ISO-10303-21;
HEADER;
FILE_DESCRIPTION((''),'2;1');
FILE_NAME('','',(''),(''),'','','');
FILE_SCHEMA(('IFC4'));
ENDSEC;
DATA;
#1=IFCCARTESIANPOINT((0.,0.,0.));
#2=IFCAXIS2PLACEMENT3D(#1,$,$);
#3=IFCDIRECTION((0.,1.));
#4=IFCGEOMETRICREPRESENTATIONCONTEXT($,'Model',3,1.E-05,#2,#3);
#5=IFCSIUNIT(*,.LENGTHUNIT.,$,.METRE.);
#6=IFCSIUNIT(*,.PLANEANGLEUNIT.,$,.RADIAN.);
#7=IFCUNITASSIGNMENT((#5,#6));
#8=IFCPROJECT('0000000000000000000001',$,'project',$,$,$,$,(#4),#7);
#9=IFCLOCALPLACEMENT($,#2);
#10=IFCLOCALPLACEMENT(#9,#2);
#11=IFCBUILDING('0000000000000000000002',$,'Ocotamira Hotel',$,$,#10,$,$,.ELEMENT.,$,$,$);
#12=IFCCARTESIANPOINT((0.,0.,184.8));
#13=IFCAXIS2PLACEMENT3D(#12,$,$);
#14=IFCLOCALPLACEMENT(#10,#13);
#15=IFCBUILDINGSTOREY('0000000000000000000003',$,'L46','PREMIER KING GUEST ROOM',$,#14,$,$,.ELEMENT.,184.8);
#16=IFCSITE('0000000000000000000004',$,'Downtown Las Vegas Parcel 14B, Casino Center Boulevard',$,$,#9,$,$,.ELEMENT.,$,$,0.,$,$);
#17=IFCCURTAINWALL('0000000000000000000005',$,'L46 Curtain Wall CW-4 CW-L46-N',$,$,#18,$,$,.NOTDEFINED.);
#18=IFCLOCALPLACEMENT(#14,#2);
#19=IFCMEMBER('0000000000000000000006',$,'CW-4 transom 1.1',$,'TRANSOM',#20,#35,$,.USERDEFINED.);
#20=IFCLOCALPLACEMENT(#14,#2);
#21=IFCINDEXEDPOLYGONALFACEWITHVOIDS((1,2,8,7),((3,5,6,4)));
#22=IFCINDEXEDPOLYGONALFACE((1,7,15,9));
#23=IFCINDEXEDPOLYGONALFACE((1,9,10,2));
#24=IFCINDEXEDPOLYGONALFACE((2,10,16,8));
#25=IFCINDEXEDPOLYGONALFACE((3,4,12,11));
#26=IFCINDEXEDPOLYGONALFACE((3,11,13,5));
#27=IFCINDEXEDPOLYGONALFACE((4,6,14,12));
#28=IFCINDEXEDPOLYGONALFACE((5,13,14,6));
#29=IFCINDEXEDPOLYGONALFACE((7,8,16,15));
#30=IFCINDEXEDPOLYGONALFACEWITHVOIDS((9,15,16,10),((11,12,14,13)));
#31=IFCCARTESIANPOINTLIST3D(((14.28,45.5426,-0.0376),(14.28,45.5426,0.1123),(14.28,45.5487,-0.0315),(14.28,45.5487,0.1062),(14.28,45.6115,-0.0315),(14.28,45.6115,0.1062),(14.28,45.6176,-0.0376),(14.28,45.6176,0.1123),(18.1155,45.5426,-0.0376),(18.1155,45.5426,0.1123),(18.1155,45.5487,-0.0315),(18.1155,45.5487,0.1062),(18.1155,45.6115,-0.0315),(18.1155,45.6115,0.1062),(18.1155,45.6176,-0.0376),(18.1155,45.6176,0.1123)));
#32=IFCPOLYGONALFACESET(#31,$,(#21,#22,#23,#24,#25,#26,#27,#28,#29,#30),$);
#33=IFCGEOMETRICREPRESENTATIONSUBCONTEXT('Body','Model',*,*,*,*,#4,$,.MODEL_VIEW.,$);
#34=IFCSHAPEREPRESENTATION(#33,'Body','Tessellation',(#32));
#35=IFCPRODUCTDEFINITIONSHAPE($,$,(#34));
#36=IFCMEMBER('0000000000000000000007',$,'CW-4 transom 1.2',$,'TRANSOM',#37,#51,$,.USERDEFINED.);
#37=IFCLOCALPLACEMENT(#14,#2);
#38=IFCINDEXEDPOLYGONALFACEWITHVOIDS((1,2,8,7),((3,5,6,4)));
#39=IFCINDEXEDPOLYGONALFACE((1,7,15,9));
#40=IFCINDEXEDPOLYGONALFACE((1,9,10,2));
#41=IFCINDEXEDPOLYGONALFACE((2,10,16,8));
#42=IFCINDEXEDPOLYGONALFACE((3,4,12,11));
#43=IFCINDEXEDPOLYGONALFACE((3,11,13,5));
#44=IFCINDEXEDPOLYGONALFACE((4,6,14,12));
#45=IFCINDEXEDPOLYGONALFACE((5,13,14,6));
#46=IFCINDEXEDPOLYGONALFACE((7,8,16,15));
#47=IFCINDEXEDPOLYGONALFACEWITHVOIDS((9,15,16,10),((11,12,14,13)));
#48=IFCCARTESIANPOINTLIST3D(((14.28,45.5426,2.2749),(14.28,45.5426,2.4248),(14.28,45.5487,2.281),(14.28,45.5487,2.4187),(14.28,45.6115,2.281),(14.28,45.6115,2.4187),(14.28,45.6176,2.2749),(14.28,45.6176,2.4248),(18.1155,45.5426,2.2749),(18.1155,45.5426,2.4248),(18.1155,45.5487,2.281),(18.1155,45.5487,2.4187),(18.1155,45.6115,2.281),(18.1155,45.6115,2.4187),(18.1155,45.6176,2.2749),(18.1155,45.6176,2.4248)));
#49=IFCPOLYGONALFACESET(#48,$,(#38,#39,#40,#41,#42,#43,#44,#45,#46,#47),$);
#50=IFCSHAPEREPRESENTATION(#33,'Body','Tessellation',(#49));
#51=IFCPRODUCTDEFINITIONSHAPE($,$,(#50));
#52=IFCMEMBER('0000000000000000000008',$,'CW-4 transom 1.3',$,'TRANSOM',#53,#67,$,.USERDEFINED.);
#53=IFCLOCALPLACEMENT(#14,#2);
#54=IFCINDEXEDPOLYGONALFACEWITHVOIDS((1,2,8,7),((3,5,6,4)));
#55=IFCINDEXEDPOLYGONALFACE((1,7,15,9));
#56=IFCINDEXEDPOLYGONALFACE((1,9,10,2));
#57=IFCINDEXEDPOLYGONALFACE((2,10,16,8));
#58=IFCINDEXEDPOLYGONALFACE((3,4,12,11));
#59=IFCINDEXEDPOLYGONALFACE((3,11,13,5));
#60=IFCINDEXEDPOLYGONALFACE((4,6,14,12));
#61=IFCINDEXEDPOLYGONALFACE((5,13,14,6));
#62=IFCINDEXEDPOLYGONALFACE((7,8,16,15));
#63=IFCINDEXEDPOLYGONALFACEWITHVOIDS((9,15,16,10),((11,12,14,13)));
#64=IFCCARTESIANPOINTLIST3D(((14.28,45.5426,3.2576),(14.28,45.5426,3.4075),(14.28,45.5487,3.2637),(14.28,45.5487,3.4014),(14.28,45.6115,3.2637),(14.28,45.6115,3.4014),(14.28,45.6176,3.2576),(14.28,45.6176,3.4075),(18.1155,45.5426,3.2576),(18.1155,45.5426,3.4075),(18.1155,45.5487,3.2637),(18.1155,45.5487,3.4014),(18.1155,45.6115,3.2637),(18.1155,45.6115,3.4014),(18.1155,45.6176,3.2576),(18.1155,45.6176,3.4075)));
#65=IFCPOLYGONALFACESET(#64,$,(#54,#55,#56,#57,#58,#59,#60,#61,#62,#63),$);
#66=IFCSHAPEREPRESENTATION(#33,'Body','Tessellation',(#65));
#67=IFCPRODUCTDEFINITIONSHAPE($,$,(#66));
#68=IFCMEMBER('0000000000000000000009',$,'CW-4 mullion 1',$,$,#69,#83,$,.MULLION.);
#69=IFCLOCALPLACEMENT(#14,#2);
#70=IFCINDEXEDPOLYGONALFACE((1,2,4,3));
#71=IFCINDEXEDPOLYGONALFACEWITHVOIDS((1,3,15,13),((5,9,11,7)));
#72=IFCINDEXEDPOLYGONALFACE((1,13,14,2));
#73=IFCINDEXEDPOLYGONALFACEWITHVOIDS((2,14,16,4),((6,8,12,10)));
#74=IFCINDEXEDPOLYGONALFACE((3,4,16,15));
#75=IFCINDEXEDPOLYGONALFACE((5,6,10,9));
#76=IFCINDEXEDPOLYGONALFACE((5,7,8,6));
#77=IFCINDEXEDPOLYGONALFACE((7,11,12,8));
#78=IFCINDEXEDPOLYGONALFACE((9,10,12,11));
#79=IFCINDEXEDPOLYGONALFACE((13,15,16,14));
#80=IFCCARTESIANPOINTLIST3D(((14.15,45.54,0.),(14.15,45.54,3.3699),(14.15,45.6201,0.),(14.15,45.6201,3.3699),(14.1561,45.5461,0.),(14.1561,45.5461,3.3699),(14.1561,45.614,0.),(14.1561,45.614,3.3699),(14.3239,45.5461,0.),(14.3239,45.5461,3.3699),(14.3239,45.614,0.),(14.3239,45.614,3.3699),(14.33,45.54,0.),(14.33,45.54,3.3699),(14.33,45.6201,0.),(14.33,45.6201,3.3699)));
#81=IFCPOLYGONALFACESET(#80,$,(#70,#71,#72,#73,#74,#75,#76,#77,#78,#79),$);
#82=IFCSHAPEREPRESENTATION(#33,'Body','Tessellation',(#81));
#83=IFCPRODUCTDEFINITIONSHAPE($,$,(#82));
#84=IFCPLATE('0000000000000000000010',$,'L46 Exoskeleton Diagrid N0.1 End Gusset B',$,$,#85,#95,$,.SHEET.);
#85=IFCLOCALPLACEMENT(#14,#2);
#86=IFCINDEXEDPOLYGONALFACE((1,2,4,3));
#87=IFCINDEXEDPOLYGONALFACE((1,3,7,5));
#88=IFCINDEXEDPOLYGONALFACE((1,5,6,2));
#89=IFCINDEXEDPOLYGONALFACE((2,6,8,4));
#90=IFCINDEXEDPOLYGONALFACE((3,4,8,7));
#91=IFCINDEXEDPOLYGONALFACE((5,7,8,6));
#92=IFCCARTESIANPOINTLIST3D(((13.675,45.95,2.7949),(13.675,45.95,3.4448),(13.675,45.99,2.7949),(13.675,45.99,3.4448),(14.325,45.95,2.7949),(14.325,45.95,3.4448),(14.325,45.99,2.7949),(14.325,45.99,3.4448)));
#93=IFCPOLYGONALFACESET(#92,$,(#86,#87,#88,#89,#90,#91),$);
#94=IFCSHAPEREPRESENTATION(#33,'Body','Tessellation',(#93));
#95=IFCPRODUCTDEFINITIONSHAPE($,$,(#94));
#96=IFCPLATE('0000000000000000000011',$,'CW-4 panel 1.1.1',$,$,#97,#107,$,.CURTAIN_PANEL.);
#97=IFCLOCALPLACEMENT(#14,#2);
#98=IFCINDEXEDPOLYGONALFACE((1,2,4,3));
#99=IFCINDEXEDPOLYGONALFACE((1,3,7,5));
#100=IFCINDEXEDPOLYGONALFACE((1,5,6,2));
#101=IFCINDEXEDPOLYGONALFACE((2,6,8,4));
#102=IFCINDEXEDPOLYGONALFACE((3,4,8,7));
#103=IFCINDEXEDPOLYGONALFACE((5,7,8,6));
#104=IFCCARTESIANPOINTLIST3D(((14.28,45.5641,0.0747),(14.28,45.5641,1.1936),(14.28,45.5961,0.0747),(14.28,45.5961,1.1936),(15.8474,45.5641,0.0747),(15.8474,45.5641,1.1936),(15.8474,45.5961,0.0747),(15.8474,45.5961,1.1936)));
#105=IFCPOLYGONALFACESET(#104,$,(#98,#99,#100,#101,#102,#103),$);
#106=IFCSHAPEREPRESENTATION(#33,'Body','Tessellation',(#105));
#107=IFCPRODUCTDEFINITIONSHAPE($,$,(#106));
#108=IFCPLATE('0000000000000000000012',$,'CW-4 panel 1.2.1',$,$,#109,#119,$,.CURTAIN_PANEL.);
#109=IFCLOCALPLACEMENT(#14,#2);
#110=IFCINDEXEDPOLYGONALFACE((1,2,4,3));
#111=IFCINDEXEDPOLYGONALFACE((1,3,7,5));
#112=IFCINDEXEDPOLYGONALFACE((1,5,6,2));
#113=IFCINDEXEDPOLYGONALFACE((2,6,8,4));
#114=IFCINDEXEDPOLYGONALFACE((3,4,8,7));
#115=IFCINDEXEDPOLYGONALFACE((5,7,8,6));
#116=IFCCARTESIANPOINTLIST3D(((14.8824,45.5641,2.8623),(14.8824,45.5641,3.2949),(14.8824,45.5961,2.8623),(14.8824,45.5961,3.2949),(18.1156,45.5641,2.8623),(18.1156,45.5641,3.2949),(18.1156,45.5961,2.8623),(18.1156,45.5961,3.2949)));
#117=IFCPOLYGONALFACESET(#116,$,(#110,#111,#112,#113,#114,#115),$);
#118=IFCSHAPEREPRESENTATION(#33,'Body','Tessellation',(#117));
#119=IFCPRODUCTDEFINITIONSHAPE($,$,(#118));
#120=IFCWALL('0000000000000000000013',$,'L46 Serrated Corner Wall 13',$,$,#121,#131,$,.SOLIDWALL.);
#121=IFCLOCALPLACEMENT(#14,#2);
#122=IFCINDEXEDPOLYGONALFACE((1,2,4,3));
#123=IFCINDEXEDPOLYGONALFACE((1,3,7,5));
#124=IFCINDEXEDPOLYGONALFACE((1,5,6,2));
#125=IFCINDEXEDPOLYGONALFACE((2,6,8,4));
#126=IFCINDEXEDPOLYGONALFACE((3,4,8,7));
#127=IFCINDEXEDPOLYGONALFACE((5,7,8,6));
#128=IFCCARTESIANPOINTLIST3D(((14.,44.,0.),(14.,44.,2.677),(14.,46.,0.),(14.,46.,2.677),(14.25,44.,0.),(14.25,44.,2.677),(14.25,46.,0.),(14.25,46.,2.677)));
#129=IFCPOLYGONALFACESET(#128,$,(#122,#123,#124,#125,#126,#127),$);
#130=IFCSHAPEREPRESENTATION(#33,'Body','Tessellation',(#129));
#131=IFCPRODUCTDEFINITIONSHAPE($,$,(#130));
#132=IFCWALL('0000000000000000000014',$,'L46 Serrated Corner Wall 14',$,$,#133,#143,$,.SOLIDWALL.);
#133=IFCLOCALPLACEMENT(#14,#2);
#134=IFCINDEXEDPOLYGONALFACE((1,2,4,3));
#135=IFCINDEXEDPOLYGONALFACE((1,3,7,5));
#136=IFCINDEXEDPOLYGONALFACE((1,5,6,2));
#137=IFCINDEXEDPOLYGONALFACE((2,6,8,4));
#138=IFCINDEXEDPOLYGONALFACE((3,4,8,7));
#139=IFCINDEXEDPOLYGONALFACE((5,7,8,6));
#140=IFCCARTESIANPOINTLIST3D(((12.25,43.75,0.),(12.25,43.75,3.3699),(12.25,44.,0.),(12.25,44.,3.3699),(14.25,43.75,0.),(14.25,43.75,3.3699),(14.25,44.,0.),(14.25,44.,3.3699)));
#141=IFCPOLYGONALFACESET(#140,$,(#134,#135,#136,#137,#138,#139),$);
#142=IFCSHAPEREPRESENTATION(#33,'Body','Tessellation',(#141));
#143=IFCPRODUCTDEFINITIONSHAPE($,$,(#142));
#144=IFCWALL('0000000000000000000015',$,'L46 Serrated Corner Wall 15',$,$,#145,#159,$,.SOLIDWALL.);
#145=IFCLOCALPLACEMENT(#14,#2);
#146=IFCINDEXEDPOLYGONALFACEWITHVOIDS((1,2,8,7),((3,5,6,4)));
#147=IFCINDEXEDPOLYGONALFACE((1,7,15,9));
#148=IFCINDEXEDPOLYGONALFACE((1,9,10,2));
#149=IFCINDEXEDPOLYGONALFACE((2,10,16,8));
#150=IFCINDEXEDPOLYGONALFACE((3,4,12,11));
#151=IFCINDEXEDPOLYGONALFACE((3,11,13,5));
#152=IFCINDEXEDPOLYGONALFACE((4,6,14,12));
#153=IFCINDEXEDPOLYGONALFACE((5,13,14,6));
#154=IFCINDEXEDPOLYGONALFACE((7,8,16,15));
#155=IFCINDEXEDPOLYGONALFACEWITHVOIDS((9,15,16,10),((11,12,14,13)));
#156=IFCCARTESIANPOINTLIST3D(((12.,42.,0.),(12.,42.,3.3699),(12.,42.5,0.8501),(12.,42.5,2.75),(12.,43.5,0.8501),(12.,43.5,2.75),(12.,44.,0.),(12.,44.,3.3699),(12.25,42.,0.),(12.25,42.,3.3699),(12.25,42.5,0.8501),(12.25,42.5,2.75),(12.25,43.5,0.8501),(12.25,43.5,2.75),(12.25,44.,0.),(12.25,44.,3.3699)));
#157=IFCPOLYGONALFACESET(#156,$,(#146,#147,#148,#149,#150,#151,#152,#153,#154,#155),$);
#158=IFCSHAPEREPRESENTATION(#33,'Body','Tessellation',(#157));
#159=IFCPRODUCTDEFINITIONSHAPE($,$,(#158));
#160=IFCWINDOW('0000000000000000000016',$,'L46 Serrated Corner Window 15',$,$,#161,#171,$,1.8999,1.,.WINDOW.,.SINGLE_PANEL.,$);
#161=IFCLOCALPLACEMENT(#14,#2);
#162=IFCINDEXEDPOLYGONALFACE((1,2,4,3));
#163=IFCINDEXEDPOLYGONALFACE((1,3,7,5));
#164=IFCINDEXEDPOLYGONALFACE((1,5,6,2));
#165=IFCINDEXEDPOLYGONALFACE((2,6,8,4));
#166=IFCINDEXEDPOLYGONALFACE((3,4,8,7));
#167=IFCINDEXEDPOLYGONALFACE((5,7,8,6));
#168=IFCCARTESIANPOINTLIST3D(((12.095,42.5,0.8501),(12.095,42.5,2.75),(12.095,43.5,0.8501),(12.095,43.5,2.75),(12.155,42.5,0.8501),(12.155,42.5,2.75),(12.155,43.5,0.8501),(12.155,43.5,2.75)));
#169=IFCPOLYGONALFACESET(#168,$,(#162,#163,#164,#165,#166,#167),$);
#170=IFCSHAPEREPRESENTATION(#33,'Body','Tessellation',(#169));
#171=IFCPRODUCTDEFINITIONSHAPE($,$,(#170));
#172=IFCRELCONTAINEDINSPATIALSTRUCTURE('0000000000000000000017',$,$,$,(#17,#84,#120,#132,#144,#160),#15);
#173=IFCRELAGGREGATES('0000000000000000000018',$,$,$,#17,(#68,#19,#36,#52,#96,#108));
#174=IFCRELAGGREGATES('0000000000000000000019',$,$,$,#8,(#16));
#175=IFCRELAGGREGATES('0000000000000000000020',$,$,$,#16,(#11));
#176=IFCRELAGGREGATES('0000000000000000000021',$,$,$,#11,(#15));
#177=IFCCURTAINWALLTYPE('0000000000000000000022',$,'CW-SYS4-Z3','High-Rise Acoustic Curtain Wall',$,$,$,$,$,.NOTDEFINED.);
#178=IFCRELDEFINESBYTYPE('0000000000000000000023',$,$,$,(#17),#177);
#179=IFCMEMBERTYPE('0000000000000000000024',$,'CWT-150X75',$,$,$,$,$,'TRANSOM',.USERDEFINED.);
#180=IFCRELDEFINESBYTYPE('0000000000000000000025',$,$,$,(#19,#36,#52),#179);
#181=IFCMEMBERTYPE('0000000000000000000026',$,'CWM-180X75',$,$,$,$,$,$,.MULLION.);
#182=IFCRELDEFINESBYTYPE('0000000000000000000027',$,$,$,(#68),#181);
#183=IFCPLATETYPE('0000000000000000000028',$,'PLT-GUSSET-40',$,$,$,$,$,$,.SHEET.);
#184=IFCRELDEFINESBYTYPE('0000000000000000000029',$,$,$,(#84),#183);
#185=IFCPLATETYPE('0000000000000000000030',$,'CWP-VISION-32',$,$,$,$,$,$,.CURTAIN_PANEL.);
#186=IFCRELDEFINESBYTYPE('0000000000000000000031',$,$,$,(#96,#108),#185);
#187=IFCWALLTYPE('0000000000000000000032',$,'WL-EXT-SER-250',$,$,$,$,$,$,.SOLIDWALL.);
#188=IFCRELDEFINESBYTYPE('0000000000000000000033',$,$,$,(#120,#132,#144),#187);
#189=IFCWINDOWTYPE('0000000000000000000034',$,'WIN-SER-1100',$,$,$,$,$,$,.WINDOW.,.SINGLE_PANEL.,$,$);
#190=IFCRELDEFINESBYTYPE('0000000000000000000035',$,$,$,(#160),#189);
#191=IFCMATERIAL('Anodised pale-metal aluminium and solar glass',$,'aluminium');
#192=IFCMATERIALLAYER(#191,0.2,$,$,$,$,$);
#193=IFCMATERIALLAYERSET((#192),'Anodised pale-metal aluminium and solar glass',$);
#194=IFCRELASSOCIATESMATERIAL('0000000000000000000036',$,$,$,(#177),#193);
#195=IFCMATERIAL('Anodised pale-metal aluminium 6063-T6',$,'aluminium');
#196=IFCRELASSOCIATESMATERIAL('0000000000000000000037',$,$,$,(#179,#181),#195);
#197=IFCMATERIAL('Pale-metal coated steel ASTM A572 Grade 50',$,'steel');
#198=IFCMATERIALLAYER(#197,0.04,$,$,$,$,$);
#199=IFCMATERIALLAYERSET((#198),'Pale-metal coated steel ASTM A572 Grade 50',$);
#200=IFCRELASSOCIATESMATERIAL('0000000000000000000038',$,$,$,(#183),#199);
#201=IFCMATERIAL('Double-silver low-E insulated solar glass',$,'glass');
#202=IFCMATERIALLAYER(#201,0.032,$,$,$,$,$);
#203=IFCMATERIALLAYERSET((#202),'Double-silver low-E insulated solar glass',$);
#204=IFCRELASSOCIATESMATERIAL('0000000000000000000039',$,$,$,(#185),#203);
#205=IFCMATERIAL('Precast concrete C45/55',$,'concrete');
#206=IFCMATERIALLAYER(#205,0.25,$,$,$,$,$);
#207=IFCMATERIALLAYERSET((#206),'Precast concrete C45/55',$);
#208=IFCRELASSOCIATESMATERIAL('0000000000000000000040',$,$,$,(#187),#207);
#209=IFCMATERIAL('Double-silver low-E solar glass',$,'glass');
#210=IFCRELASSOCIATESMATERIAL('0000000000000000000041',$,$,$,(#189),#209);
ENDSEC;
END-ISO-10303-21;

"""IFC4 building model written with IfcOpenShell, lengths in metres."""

from ifc_helpers import new_model, si_unit, direction, frame, frame_2d, origin, origin_2d, place, context, subcontext, project, spatial, rectangle, hollow_rectangle, extrude, source, transform, mapped, material, layer, layer_set, material_profile, profile_set, type_object, element, fill, aggregate, save


model = new_model("IFC4")

# Units and contexts
model_context = context("Model", 3, precision=1e-05, world=origin(), true_north=direction((0.0, 1.0)))
body_context = subcontext(model_context, "Body", "Model", "MODEL_VIEW")
ifc_project = project(units=[si_unit("LENGTHUNIT", "METRE"), si_unit("PLANEANGLEUNIT", "RADIAN")], contexts=[model_context])

# Site, building, storey
site_placement = place(None, origin())
site = spatial("IfcSite", under=ifc_project, at=site_placement, Name="Downtown Las Vegas Parcel 14B, Casino Center Boulevard", CompositionType="ELEMENT", RefElevation=0.0)
building_placement = place(site_placement, origin())
building = spatial("IfcBuilding", under=site, at=building_placement, Name="Ocotamira Hotel", CompositionType="ELEMENT")
storey_placement = place(building_placement, frame((0.0, 0.0, 184.8)))
storey = spatial("IfcBuildingStorey", under=building, at=storey_placement, Name="L46", Description="PREMIER KING GUEST ROOM", CompositionType="ELEMENT", Elevation=184.8)

# Curtain wall, members
ifc_material_1 = material(Name="Anodised pale-metal aluminium and solar glass", Category="aluminium")
ifc_layer_1 = layer(ifc_material_1, 0.2)
ifc_layer_set_1 = layer_set([ifc_layer_1], Name="Anodised pale-metal aluminium and solar glass")
curtain_wall_type = type_object("IfcCurtainWallType", Name="CW-SYS4-Z3", Description="High-Rise Acoustic Curtain Wall", PredefinedType="NOTDEFINED", material=ifc_layer_set_1)
curtain_wall_placement = place(storey_placement, origin())
curtain_wall = element("IfcCurtainWall", 1, at=curtain_wall_placement, inside=storey, type_object=curtain_wall_type, Name="L46 Curtain Wall CW-4 CW-L46-N", PredefinedType="NOTDEFINED")
ifc_material_2 = material(Name="Anodised pale-metal aluminium 6063-T6", Category="aluminium")
ifc_material_profile_1 = material_profile(ifc_material_2, hollow_rectangle(XDim=0.075, YDim=0.1499, WallThickness=0.0061, at=origin_2d()), Name="HSS150X75X6")
ifc_profile_set_1 = profile_set([ifc_material_profile_1], Name="Anodised pale-metal aluminium 6063-T6")
member_type_1 = type_object("IfcMemberType", Name="CWT-150X75", ElementType="TRANSOM", PredefinedType="USERDEFINED", material=ifc_profile_set_1)
shared_shape_1 = source(origin(), body_context, "Body", "SweptSolid", [
    extrude(hollow_rectangle(XDim=0.075, YDim=0.1499, WallThickness=0.0061, at=origin_2d()), origin(), (0.0, 0.0, 1.0), 3.8354),
])
member_1_placement = place(storey_placement, frame((14.28, 45.5801, 0.0374), z_axis=(1.0, 0.0, 0.0), x_axis=(0.0, 1.0, 0.0)))
member_1 = element("IfcMember", 2, at=member_1_placement, type_object=member_type_1, Name="CW-4 transom 1.1", ObjectType="TRANSOM", PredefinedType="USERDEFINED", context=body_context, shape_type="MappedRepresentation", body=[
    mapped(shared_shape_1, transform((0.0, 0.0, 0.0), scale=1.0)),
])
member_2_placement = place(storey_placement, frame((14.28, 45.5801, 2.3499), z_axis=(1.0, 0.0, 0.0), x_axis=(0.0, 1.0, 0.0)))
member_2 = element("IfcMember", 3, at=member_2_placement, type_object=member_type_1, Name="CW-4 transom 1.2", ObjectType="TRANSOM", PredefinedType="USERDEFINED", context=body_context, shape_type="MappedRepresentation", body=[
    mapped(shared_shape_1, transform((0.0, 0.0, 0.0), scale=1.0)),
])
member_3_placement = place(storey_placement, frame((14.28, 45.5801, 3.3325), z_axis=(1.0, 0.0, 0.0), x_axis=(0.0, 1.0, 0.0)))
member_3 = element("IfcMember", 4, at=member_3_placement, type_object=member_type_1, Name="CW-4 transom 1.3", ObjectType="TRANSOM", PredefinedType="USERDEFINED", context=body_context, shape_type="MappedRepresentation", body=[
    mapped(shared_shape_1, transform((0.0, 0.0, 0.0), scale=1.0)),
])
ifc_material_profile_2 = material_profile(ifc_material_2, hollow_rectangle(XDim=0.0801, YDim=0.1799, WallThickness=0.0061, at=origin_2d()), Name="HSS180X80X6")
ifc_profile_set_2 = profile_set([ifc_material_profile_2], Name="Anodised pale-metal aluminium 6063-T6")
member_type_2 = type_object("IfcMemberType", Name="CWM-180X75", PredefinedType="MULLION", material=ifc_profile_set_2)
shared_shape_2 = source(origin(), body_context, "Body", "SweptSolid", [
    extrude(hollow_rectangle(XDim=0.0801, YDim=0.1799, WallThickness=0.0061, at=origin_2d()), origin(), (0.0, 0.0, 1.0), 3.3699),
])
member_4_placement = place(storey_placement, frame((14.24, 45.5801, 0.0), z_axis=(0.0, 0.0, 1.0), x_axis=(0.0, 1.0, 0.0)))
member_4 = element("IfcMember", 5, at=member_4_placement, type_object=member_type_2, Name="CW-4 mullion 1", PredefinedType="MULLION", context=body_context, shape_type="MappedRepresentation", body=[
    mapped(shared_shape_2, transform((0.0, 0.0, 0.0), scale=1.0)),
])

# Plates
ifc_material_3 = material(Name="Pale-metal coated steel ASTM A572 Grade 50", Category="steel")
ifc_layer_2 = layer(ifc_material_3, 0.04)
ifc_layer_set_2 = layer_set([ifc_layer_2], Name="Pale-metal coated steel ASTM A572 Grade 50")
plate_type_1 = type_object("IfcPlateType", Name="PLT-GUSSET-40", PredefinedType="SHEET", material=ifc_layer_set_2)
shared_shape_3 = source(origin(), body_context, "Body", "SweptSolid", [
    extrude(rectangle(XDim=0.6499, YDim=0.04, at=origin_2d()), origin(), (0.0, 0.0, 1.0), 0.6499),
])
plate_1_placement = place(storey_placement, frame((14.0, 45.97, 2.7949), z_axis=(0.0, 0.0, 1.0), x_axis=(-1.0, 0.0, 0.0)))
element("IfcPlate", 6, at=plate_1_placement, inside=storey, type_object=plate_type_1, Name="L46 Exoskeleton Diagrid N0.1 End Gusset B", PredefinedType="SHEET", context=body_context, shape_type="MappedRepresentation", body=[
    mapped(shared_shape_3, transform((0.0, 0.0, 0.0), scale=1.0)),
])
ifc_material_4 = material(Name="Double-silver low-E insulated solar glass", Category="glass")
ifc_layer_3 = layer(ifc_material_4, 0.032)
ifc_layer_set_3 = layer_set([ifc_layer_3], Name="Double-silver low-E insulated solar glass")
plate_type_2 = type_object("IfcPlateType", Name="CWP-VISION-32", PredefinedType="CURTAIN_PANEL", material=ifc_layer_set_3)
shared_shape_4 = source(origin(), body_context, "Body", "SweptSolid", [
    extrude(rectangle(XDim=1.5674, YDim=0.032, at=origin_2d()), origin(), (0.0, 0.0, 1.0), 1.1189),
])
plate_2_placement = place(storey_placement, frame((15.0637, 45.5801, 0.0747), z_axis=(0.0, 0.0, 1.0), x_axis=(1.0, 0.0, 0.0)))
plate_2 = element("IfcPlate", 7, at=plate_2_placement, type_object=plate_type_2, Name="CW-4 panel 1.1.1", PredefinedType="CURTAIN_PANEL", context=body_context, shape_type="MappedRepresentation", body=[
    mapped(shared_shape_4, transform((0.0, 0.0, 0.0), scale=1.0)),
])
shared_shape_5 = source(origin(), body_context, "Body", "SweptSolid", [
    extrude(rectangle(XDim=3.2332, YDim=0.032, at=origin_2d()), origin(), (0.0, 0.0, 1.0), 0.4326),
])
plate_3_placement = place(storey_placement, frame((16.499, 45.5801, 2.8623), z_axis=(0.0, 0.0, 1.0), x_axis=(1.0, 0.0, 0.0)))
plate_3 = element("IfcPlate", 8, at=plate_3_placement, type_object=plate_type_2, Name="CW-4 panel 1.2.1", PredefinedType="CURTAIN_PANEL", context=body_context, shape_type="MappedRepresentation", body=[
    mapped(shared_shape_5, transform((0.0, 0.0, 0.0), scale=1.0)),
])
aggregate(curtain_wall, [member_4, member_1, member_2, member_3, plate_2, plate_3])

# Walls
ifc_material_5 = material(Name="Precast concrete C45/55", Category="concrete")
ifc_layer_4 = layer(ifc_material_5, 0.25)
ifc_layer_set_4 = layer_set([ifc_layer_4], Name="Precast concrete C45/55")
wall_type = type_object("IfcWallType", Name="WL-EXT-SER-250", PredefinedType="SOLIDWALL", material=ifc_layer_set_4)
wall_1_placement = place(storey_placement, frame((14.125, 46.0, 0.0), z_axis=(0.0, 0.0, 1.0), x_axis=(0.0, -1.0, 0.0)))
element("IfcWall", 9, at=wall_1_placement, inside=storey, type_object=wall_type, Name="L46 Serrated Corner Wall 13", PredefinedType="SOLIDWALL", context=body_context, shape_type="SweptSolid", body=[
    extrude(rectangle(XDim=2.0, YDim=0.25, at=frame_2d((1.0, 0.0))), origin(), (0.0, 0.0, 1.0), 2.677),
])
wall_2_placement = place(storey_placement, frame((14.25, 43.875, 0.0), z_axis=(0.0, 0.0, 1.0), x_axis=(-1.0, 0.0, 0.0)))
element("IfcWall", 10, at=wall_2_placement, inside=storey, type_object=wall_type, Name="L46 Serrated Corner Wall 14", PredefinedType="SOLIDWALL", context=body_context, shape_type="SweptSolid", body=[
    extrude(rectangle(XDim=2.0, YDim=0.25, at=frame_2d((1.0, 0.0))), origin(), (0.0, 0.0, 1.0), 3.3699),
])

# Wall, opening, window
wall_3_placement = place(storey_placement, frame((12.125, 44.0, 0.0), z_axis=(0.0, 0.0, 1.0), x_axis=(0.0, -1.0, 0.0)))
wall_3 = element("IfcWall", 11, at=wall_3_placement, inside=storey, type_object=wall_type, Name="L46 Serrated Corner Wall 15", PredefinedType="SOLIDWALL", context=body_context, shape_type="SweptSolid", body=[
    extrude(rectangle(XDim=2.0, YDim=0.25, at=frame_2d((1.0, 0.0))), origin(), (0.0, 0.0, 1.0), 3.3699),
])
opening_placement = place(wall_3_placement, frame((0.5, 0.0, 0.8501)))
opening = element("IfcOpeningElement", 12, at=opening_placement, cuts=wall_3, PredefinedType="OPENING", context=body_context, shape_type="SweptSolid", body=[
    extrude(rectangle(XDim=1.0, YDim=1.8999, at=frame_2d((0.5, 0.95))), frame((0.0, 0.135, 0.0), z_axis=(0.0, -1.0, 0.0), x_axis=(1.0, 0.0, 0.0)), (0.0, 0.0, 1.0), 0.27),
])
ifc_material_6 = material(Name="Double-silver low-E solar glass", Category="glass")
window_type = type_object("IfcWindowType", Name="WIN-SER-1100", PartitioningType="SINGLE_PANEL", PredefinedType="WINDOW", material=ifc_material_6)
shared_shape_6 = source(origin(), body_context, "Body", "SweptSolid", [
    extrude(rectangle(XDim=1.0, YDim=1.8999, at=frame_2d((0.5, 0.95))), frame((0.0, 0.03, 0.0), z_axis=(0.0, -1.0, 0.0), x_axis=(1.0, 0.0, 0.0)), (0.0, 0.0, 1.0), 0.0601),
])
window_placement = place(opening_placement, origin())
window = element("IfcWindow", 13, at=window_placement, inside=storey, type_object=window_type, Name="L46 Serrated Corner Window 15", OverallHeight=1.8999, OverallWidth=1.0, PartitioningType="SINGLE_PANEL", PredefinedType="WINDOW", context=body_context, shape_type="MappedRepresentation", body=[
    mapped(shared_shape_6, transform((0.0, 0.0, 0.0), scale=1.0)),
])
fill(opening, window)

save(model, "model.ifc")
